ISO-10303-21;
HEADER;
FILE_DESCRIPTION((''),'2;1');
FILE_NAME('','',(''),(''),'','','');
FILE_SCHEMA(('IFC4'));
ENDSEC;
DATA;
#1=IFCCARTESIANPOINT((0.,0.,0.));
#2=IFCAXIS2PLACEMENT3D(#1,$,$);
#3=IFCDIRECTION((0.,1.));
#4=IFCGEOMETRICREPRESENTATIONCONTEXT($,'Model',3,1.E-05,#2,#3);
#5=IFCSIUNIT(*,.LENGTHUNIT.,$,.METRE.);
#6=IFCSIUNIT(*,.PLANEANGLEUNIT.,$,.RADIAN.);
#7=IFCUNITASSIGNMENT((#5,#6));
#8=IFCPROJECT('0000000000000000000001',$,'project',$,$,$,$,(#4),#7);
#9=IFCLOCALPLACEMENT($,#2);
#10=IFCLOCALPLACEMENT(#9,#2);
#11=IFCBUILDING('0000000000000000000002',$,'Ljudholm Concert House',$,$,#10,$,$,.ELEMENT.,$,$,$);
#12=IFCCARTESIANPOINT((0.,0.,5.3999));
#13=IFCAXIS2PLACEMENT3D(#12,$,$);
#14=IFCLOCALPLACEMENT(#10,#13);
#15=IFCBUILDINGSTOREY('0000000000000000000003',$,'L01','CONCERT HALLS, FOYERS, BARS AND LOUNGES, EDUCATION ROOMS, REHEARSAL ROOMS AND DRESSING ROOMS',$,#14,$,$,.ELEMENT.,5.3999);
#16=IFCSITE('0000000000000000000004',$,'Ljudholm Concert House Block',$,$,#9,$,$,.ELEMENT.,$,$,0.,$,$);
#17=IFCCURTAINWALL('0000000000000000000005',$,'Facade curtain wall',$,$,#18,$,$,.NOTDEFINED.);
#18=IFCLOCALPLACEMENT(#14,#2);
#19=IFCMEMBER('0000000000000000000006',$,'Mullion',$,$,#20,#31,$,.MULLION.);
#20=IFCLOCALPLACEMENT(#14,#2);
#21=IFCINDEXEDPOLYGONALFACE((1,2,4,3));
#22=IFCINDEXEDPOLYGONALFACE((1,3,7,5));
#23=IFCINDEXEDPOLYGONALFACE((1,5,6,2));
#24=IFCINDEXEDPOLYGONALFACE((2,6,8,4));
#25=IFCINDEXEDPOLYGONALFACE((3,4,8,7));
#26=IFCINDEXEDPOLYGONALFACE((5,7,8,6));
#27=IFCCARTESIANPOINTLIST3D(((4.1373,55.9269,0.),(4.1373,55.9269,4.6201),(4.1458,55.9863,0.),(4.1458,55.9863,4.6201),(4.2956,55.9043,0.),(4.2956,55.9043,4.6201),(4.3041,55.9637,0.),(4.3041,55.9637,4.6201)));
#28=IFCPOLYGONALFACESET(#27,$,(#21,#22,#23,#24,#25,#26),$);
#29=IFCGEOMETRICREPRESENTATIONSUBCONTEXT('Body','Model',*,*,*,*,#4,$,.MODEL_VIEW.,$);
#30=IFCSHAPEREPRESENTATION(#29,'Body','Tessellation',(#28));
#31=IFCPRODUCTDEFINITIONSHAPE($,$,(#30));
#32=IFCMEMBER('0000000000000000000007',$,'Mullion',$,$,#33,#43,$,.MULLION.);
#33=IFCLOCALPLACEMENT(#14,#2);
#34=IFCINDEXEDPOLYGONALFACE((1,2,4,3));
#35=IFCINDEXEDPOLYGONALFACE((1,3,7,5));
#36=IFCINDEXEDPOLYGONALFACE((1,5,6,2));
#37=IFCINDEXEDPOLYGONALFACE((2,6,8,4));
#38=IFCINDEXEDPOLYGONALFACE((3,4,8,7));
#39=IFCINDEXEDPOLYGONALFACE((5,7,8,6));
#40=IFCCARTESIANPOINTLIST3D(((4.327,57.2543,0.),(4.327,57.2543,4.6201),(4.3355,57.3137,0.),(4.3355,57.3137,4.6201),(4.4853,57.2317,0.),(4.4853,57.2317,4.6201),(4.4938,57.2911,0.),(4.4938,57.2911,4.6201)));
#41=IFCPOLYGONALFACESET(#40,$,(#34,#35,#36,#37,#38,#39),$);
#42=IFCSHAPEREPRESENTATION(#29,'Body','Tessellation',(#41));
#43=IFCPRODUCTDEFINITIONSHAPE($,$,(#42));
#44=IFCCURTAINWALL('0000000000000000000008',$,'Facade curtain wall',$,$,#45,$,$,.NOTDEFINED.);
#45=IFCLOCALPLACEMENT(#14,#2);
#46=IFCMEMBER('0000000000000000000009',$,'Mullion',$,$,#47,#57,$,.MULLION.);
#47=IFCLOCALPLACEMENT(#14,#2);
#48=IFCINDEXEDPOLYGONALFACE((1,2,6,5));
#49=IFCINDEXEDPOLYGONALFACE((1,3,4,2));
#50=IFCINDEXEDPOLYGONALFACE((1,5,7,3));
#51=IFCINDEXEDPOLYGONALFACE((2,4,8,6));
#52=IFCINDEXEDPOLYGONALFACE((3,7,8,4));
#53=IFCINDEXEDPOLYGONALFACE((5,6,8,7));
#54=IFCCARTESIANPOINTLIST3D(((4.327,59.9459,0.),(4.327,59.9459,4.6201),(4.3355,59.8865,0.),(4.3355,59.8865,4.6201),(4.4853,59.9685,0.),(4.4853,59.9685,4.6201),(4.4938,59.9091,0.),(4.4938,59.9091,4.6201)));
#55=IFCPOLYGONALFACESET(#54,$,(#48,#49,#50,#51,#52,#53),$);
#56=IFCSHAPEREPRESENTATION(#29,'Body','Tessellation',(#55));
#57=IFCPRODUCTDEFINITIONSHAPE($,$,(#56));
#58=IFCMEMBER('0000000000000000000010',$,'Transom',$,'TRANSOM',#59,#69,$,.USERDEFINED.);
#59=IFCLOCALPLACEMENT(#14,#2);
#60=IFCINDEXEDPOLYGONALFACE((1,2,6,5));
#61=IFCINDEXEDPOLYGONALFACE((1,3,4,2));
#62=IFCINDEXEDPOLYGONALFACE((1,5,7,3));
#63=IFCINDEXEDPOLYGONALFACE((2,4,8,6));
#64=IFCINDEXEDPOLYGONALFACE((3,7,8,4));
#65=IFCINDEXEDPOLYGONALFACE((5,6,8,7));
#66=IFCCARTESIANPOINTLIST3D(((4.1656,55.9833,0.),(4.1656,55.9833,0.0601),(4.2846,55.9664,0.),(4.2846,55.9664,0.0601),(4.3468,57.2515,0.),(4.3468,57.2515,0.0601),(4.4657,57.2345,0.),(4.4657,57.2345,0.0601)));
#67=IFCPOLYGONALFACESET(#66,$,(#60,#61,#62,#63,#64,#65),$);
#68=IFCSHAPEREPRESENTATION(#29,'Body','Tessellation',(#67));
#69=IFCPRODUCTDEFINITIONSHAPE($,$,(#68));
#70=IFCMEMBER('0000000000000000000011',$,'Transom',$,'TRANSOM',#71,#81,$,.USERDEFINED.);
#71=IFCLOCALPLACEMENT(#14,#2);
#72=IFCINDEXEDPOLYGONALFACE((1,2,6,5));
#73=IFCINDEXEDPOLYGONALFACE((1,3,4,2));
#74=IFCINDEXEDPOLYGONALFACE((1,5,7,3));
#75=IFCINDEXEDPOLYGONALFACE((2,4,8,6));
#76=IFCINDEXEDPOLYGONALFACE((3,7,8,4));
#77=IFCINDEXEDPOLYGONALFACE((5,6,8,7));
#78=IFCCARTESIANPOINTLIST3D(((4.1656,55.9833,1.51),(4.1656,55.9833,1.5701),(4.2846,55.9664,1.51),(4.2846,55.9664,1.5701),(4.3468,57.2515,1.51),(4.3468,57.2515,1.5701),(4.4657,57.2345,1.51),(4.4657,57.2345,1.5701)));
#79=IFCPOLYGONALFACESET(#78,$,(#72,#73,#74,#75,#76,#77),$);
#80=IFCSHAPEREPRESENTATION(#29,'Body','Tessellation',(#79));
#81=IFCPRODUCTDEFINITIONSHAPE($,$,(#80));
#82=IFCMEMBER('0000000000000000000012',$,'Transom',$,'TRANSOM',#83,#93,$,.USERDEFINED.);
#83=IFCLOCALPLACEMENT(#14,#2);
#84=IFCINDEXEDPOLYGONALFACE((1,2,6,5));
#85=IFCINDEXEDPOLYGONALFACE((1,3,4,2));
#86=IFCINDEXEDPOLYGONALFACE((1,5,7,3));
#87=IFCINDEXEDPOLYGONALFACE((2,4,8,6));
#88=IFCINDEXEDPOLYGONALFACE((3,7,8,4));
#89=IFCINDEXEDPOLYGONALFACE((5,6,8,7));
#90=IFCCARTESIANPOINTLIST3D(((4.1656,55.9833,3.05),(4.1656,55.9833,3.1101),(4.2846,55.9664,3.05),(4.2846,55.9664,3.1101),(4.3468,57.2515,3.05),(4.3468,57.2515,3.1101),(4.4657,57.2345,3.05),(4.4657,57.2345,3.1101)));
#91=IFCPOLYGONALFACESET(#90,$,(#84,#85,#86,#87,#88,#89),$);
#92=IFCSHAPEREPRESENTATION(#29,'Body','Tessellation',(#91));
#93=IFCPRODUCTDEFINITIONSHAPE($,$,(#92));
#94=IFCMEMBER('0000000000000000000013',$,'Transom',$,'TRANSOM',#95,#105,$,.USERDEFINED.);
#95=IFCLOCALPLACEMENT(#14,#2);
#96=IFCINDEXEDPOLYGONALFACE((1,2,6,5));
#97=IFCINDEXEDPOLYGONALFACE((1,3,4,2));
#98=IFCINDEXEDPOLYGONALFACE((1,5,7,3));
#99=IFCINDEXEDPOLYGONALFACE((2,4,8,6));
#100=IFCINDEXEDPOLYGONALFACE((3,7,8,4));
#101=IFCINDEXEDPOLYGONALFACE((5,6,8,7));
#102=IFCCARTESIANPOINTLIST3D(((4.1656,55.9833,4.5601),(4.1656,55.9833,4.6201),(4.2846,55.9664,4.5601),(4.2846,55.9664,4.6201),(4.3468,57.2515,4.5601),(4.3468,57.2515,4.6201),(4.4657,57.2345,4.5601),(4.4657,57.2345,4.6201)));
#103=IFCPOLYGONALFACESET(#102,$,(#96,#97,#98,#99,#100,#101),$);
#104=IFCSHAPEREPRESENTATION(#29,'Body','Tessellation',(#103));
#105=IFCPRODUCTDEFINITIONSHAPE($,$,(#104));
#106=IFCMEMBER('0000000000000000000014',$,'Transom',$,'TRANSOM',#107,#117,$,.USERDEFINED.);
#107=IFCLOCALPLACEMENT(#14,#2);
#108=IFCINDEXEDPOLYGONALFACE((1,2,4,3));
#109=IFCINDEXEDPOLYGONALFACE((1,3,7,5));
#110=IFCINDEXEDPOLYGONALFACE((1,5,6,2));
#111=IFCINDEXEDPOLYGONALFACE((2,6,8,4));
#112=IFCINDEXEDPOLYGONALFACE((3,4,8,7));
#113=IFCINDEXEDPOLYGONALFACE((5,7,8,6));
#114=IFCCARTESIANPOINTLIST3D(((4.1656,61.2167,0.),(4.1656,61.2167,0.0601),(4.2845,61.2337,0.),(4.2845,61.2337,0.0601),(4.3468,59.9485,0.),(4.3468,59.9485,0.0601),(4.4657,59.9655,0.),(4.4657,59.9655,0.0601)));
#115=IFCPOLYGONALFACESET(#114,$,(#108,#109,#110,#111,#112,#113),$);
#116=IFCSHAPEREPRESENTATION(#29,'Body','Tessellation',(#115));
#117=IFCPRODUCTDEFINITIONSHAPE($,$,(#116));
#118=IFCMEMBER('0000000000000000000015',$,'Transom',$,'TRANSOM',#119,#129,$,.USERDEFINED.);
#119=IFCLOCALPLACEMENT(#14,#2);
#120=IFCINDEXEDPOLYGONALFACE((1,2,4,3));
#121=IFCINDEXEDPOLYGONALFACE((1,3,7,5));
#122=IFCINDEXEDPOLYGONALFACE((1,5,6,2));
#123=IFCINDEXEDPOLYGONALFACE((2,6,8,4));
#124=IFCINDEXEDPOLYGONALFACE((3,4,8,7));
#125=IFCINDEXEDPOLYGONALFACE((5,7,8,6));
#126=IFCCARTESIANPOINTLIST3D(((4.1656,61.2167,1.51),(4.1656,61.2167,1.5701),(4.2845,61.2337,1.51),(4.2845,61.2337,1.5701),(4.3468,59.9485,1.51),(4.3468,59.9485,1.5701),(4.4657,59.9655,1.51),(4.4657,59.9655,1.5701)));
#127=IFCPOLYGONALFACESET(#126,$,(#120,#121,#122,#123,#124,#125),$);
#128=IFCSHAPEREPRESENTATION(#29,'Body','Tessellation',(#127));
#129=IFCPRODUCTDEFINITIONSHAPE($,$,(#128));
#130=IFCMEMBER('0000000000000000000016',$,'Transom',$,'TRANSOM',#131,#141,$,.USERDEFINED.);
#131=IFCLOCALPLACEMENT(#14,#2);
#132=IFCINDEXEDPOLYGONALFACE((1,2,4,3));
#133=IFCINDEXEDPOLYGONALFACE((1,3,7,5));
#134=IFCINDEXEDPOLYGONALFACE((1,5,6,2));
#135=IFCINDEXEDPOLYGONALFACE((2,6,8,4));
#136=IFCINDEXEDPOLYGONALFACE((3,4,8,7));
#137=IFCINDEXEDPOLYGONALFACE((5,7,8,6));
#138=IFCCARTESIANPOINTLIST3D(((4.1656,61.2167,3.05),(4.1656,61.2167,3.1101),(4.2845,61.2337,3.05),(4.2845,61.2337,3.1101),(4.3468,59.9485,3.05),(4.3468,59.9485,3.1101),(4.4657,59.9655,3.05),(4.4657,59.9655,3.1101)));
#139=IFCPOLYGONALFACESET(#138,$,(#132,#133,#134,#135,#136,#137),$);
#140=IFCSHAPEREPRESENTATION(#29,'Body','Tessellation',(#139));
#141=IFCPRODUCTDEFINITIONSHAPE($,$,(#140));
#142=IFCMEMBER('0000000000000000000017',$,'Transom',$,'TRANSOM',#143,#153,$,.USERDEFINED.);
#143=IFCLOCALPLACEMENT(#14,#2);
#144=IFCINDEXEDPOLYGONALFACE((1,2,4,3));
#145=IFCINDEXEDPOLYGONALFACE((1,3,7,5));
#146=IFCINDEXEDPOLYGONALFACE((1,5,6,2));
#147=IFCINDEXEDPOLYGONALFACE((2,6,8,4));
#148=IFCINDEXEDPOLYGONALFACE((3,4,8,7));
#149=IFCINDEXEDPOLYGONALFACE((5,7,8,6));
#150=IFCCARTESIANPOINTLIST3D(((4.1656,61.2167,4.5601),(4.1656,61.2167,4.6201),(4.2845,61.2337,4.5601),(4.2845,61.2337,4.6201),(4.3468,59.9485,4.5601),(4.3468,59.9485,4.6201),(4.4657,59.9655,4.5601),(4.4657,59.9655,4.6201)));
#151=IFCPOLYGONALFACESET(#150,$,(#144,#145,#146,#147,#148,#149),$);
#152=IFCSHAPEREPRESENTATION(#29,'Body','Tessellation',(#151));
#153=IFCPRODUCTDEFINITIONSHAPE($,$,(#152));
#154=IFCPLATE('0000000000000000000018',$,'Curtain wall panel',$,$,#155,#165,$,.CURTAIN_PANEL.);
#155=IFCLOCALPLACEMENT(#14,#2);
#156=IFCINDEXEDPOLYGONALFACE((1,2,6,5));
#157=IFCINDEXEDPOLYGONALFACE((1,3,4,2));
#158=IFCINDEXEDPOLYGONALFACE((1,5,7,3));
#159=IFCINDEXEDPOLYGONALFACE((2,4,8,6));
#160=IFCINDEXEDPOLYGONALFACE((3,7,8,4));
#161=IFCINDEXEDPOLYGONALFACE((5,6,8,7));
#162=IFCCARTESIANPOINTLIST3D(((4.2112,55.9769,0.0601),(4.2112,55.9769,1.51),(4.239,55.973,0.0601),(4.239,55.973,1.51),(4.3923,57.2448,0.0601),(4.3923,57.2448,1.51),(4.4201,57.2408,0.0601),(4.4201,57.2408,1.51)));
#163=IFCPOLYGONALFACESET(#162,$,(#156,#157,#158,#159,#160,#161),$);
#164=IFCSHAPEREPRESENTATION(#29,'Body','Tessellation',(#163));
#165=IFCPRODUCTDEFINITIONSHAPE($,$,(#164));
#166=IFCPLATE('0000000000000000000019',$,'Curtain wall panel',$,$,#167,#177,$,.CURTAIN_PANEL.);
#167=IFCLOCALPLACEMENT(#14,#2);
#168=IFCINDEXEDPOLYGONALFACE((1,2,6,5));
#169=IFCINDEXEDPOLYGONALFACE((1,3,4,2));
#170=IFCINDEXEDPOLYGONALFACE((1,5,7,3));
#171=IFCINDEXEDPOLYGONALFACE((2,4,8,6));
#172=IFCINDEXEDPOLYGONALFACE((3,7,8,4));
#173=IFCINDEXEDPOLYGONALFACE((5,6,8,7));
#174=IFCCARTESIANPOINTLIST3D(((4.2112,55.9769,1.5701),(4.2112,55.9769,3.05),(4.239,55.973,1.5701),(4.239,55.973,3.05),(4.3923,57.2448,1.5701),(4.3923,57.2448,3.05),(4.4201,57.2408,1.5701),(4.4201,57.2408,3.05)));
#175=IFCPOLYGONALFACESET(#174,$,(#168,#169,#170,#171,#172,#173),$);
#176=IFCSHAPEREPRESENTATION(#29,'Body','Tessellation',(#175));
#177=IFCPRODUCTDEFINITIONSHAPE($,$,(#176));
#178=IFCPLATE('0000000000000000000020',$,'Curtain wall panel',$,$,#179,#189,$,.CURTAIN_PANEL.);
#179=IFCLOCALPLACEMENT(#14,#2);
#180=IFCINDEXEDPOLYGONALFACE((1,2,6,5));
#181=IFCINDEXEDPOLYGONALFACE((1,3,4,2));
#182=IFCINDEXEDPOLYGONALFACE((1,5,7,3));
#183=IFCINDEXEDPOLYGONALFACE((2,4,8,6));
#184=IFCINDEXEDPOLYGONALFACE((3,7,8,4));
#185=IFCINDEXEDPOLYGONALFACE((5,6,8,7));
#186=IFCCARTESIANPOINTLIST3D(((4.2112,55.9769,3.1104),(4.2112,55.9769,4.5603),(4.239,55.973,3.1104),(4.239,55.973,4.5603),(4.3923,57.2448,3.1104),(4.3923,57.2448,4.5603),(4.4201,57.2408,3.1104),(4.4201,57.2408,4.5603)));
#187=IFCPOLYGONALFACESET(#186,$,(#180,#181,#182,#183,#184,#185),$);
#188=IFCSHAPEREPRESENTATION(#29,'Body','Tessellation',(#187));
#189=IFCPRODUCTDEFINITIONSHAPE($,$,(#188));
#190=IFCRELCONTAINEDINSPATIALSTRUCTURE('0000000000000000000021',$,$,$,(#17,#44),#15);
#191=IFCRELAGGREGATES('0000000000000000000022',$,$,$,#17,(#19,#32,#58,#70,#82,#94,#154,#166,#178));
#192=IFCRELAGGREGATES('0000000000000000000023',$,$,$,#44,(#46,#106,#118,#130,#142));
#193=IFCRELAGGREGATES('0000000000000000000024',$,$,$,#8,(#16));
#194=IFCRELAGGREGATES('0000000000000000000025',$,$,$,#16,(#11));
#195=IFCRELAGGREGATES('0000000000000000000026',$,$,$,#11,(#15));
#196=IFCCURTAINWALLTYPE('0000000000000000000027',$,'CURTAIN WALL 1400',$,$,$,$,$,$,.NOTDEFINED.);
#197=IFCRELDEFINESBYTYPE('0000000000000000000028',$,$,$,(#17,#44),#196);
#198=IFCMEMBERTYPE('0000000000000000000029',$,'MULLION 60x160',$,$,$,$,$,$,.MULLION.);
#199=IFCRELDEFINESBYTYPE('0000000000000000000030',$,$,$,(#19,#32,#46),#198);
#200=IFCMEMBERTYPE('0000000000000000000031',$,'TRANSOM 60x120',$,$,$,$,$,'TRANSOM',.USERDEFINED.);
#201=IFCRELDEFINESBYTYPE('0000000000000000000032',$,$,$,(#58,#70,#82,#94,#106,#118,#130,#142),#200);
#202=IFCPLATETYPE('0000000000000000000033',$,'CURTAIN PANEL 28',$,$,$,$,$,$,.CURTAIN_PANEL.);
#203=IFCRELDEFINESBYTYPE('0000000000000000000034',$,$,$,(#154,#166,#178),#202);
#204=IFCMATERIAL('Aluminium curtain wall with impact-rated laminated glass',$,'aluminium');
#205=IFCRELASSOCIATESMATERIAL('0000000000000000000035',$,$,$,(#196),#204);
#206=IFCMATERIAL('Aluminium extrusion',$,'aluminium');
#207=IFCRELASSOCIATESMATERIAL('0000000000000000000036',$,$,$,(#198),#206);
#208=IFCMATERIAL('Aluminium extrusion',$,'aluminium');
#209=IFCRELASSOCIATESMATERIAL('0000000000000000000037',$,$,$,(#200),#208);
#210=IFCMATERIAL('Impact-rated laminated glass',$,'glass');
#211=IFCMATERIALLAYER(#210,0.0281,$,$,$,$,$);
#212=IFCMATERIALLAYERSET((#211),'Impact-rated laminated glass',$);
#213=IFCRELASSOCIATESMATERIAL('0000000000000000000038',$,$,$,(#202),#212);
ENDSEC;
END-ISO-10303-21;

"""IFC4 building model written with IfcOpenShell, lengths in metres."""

from ifc_helpers import new_model, si_unit, direction, frame, origin, origin_2d, place, context, subcontext, project, spatial, rectangle, extrude, material, layer, layer_set, material_profile, profile_set, type_object, element, aggregate, save


model = new_model("IFC4")

# Units and contexts
model_context = context("Model", 3, precision=1e-05, world=origin(), true_north=direction((0.0, 1.0)))
body_context = subcontext(model_context, "Body", "Model", "MODEL_VIEW")
ifc_project = project(units=[si_unit("LENGTHUNIT", "METRE"), si_unit("PLANEANGLEUNIT", "RADIAN")], contexts=[model_context])

# Site, building, storey
site_placement = place(None, origin())
site = spatial("IfcSite", under=ifc_project, at=site_placement, Name="Ljudholm Concert House Block", CompositionType="ELEMENT", RefElevation=0.0)
building_placement = place(site_placement, origin())
building = spatial("IfcBuilding", under=site, at=building_placement, Name="Ljudholm Concert House", CompositionType="ELEMENT")
storey_placement = place(building_placement, frame((0.0, 0.0, 5.3999)))
storey = spatial("IfcBuildingStorey", under=building, at=storey_placement, Name="L01", Description="CONCERT HALLS, FOYERS, BARS AND LOUNGES, EDUCATION ROOMS, REHEARSAL ROOMS AND DRESSING ROOMS", CompositionType="ELEMENT", Elevation=5.3999)

# Curtain wall, members
ifc_material_1 = material(Name="Aluminium curtain wall with impact-rated laminated glass", Category="aluminium")
curtain_wall_type = type_object("IfcCurtainWallType", Name="CURTAIN WALL 1400", PredefinedType="NOTDEFINED", material=ifc_material_1)
curtain_wall_1_placement = place(storey_placement, origin())
curtain_wall_1 = element("IfcCurtainWall", 1, at=curtain_wall_1_placement, inside=storey, type_object=curtain_wall_type, Name="Facade curtain wall", PredefinedType="NOTDEFINED")
ifc_material_2 = material(Name="Aluminium extrusion", Category="aluminium")
ifc_material_profile_1 = material_profile(ifc_material_2, rectangle(XDim=0.1599, YDim=0.0601, at=origin_2d()), Name="MULLION 60x160")
ifc_profile_set_1 = profile_set([ifc_material_profile_1], Name="Aluminium extrusion")
member_type_1 = type_object("IfcMemberType", Name="MULLION 60x160", PredefinedType="MULLION", material=ifc_profile_set_1)
member_1_placement = place(storey_placement, frame((4.2207, 55.9453, 0.0), z_axis=(0.0, 0.0, 1.0), x_axis=(-0.989949, 0.141421, 0.0)))
member_1 = element("IfcMember", 2, at=member_1_placement, type_object=member_type_1, Name="Mullion", PredefinedType="MULLION", context=body_context, shape_type="SweptSolid", body=[
    extrude(rectangle(XDim=0.1599, YDim=0.0601, at=origin_2d()), origin(), (0.0, 0.0, 1.0), 4.6201),
])
member_2_placement = place(storey_placement, frame((4.4104, 57.2727, 0.0), z_axis=(0.0, 0.0, 1.0), x_axis=(-0.989949, 0.141421, 0.0)))
member_2 = element("IfcMember", 3, at=member_2_placement, type_object=member_type_1, Name="Mullion", PredefinedType="MULLION", context=body_context, shape_type="SweptSolid", body=[
    extrude(rectangle(XDim=0.1599, YDim=0.0601, at=origin_2d()), origin(), (0.0, 0.0, 1.0), 4.6201),
])

# Curtain wall, member
curtain_wall_2_placement = place(storey_placement, origin())
curtain_wall_2 = element("IfcCurtainWall", 4, at=curtain_wall_2_placement, inside=storey, type_object=curtain_wall_type, Name="Facade curtain wall", PredefinedType="NOTDEFINED")
member_3_placement = place(storey_placement, frame((4.4104, 59.9275, 0.0), z_axis=(0.0, 0.0, 1.0), x_axis=(-0.989949, -0.141421, 0.0)))
member_3 = element("IfcMember", 5, at=member_3_placement, type_object=member_type_1, Name="Mullion", PredefinedType="MULLION", context=body_context, shape_type="SweptSolid", body=[
    extrude(rectangle(XDim=0.1599, YDim=0.0601, at=origin_2d()), origin(), (0.0, 0.0, 1.0), 4.6201),
])

# Members
ifc_material_3 = material(Name="Aluminium extrusion", Category="aluminium")
ifc_material_profile_2 = material_profile(ifc_material_3, rectangle(XDim=0.1201, YDim=0.0601, at=origin_2d()), Name="TRANSOM 60x120")
ifc_profile_set_2 = profile_set([ifc_material_profile_2], Name="Aluminium extrusion")
member_type_2 = type_object("IfcMemberType", Name="TRANSOM 60x120", ElementType="TRANSOM", PredefinedType="USERDEFINED", material=ifc_profile_set_2)
member_4_placement = place(storey_placement, frame((4.2251, 55.9749, 0.03), z_axis=(0.141421, 0.989949, 0.0), x_axis=(-0.989949, 0.141421, 0.0)))
member_4 = element("IfcMember", 6, at=member_4_placement, type_object=member_type_2, Name="Transom", ObjectType="TRANSOM", PredefinedType="USERDEFINED", context=body_context, shape_type="SweptSolid", body=[
    extrude(rectangle(XDim=0.1201, YDim=0.0601, at=origin_2d()), origin(), (0.0, 0.0, 1.0), 1.281),
])
member_5_placement = place(storey_placement, frame((4.2251, 55.9749, 1.54), z_axis=(0.141421, 0.989949, 0.0), x_axis=(-0.989949, 0.141421, 0.0)))
member_5 = element("IfcMember", 7, at=member_5_placement, type_object=member_type_2, Name="Transom", ObjectType="TRANSOM", PredefinedType="USERDEFINED", context=body_context, shape_type="SweptSolid", body=[
    extrude(rectangle(XDim=0.1201, YDim=0.0601, at=origin_2d()), origin(), (0.0, 0.0, 1.0), 1.281),
])
member_6_placement = place(storey_placement, frame((4.2251, 55.9749, 3.0801), z_axis=(0.141421, 0.989949, 0.0), x_axis=(-0.989949, 0.141421, 0.0)))
member_6 = element("IfcMember", 8, at=member_6_placement, type_object=member_type_2, Name="Transom", ObjectType="TRANSOM", PredefinedType="USERDEFINED", context=body_context, shape_type="SweptSolid", body=[
    extrude(rectangle(XDim=0.1201, YDim=0.0601, at=origin_2d()), origin(), (0.0, 0.0, 1.0), 1.281),
])
member_7_placement = place(storey_placement, frame((4.2251, 55.9749, 4.5901), z_axis=(0.141421, 0.989949, 0.0), x_axis=(-0.989949, 0.141421, 0.0)))
member_7 = element("IfcMember", 9, at=member_7_placement, type_object=member_type_2, Name="Transom", ObjectType="TRANSOM", PredefinedType="USERDEFINED", context=body_context, shape_type="SweptSolid", body=[
    extrude(rectangle(XDim=0.1201, YDim=0.0601, at=origin_2d()), origin(), (0.0, 0.0, 1.0), 1.281),
])
member_8_placement = place(storey_placement, frame((4.4062, 59.957, 0.03), z_axis=(-0.141421, 0.989949, 0.0), x_axis=(-0.989949, -0.141421, 0.0)))
member_8 = element("IfcMember", 10, at=member_8_placement, type_object=member_type_2, Name="Transom", ObjectType="TRANSOM", PredefinedType="USERDEFINED", context=body_context, shape_type="SweptSolid", body=[
    extrude(rectangle(XDim=0.1201, YDim=0.0601, at=origin_2d()), origin(), (0.0, 0.0, 1.0), 1.281),
])
member_9_placement = place(storey_placement, frame((4.4062, 59.957, 1.54), z_axis=(-0.141421, 0.989949, 0.0), x_axis=(-0.989949, -0.141421, 0.0)))
member_9 = element("IfcMember", 11, at=member_9_placement, type_object=member_type_2, Name="Transom", ObjectType="TRANSOM", PredefinedType="USERDEFINED", context=body_context, shape_type="SweptSolid", body=[
    extrude(rectangle(XDim=0.1201, YDim=0.0601, at=origin_2d()), origin(), (0.0, 0.0, 1.0), 1.281),
])
member_10_placement = place(storey_placement, frame((4.4062, 59.957, 3.0801), z_axis=(-0.141421, 0.989949, 0.0), x_axis=(-0.989949, -0.141421, 0.0)))
member_10 = element("IfcMember", 12, at=member_10_placement, type_object=member_type_2, Name="Transom", ObjectType="TRANSOM", PredefinedType="USERDEFINED", context=body_context, shape_type="SweptSolid", body=[
    extrude(rectangle(XDim=0.1201, YDim=0.0601, at=origin_2d()), origin(), (0.0, 0.0, 1.0), 1.281),
])
member_11_placement = place(storey_placement, frame((4.4062, 59.957, 4.5901), z_axis=(-0.141421, 0.989949, 0.0), x_axis=(-0.989949, -0.141421, 0.0)))
member_11 = element("IfcMember", 13, at=member_11_placement, type_object=member_type_2, Name="Transom", ObjectType="TRANSOM", PredefinedType="USERDEFINED", context=body_context, shape_type="SweptSolid", body=[
    extrude(rectangle(XDim=0.1201, YDim=0.0601, at=origin_2d()), origin(), (0.0, 0.0, 1.0), 1.281),
])

# Plates
ifc_material_4 = material(Name="Impact-rated laminated glass", Category="glass")
ifc_layer = layer(ifc_material_4, 0.0281)
ifc_layer_set = layer_set([ifc_layer], Name="Impact-rated laminated glass")
plate_type = type_object("IfcPlateType", Name="CURTAIN PANEL 28", PredefinedType="CURTAIN_PANEL", material=ifc_layer_set)
plate_1_placement = place(storey_placement, frame((4.3157, 56.6089, 0.0601), z_axis=(0.0, 0.0, 1.0), x_axis=(0.141421, 0.989949, 0.0)))
plate_1 = element("IfcPlate", 14, at=plate_1_placement, type_object=plate_type, Name="Curtain wall panel", PredefinedType="CURTAIN_PANEL", context=body_context, shape_type="SweptSolid", body=[
    extrude(rectangle(XDim=1.2808, YDim=0.0281, at=origin_2d()), origin(), (0.0, 0.0, 1.0), 1.45),
])
plate_2_placement = place(storey_placement, frame((4.3157, 56.6089, 1.5701), z_axis=(0.0, 0.0, 1.0), x_axis=(0.141421, 0.989949, 0.0)))
plate_2 = element("IfcPlate", 15, at=plate_2_placement, type_object=plate_type, Name="Curtain wall panel", PredefinedType="CURTAIN_PANEL", context=body_context, shape_type="SweptSolid", body=[
    extrude(rectangle(XDim=1.2808, YDim=0.0281, at=origin_2d()), origin(), (0.0, 0.0, 1.0), 1.48),
])
plate_3_placement = place(storey_placement, frame((4.3157, 56.6089, 3.1104), z_axis=(0.0, 0.0, 1.0), x_axis=(0.141421, 0.989949, 0.0)))
plate_3 = element("IfcPlate", 16, at=plate_3_placement, type_object=plate_type, Name="Curtain wall panel", PredefinedType="CURTAIN_PANEL", context=body_context, shape_type="SweptSolid", body=[
    extrude(rectangle(XDim=1.2808, YDim=0.0281, at=origin_2d()), origin(), (0.0, 0.0, 1.0), 1.45),
])
aggregate(curtain_wall_1, [member_1, member_2, member_4, member_5, member_6, member_7, plate_1, plate_2, plate_3])
aggregate(curtain_wall_2, [member_3, member_8, member_9, member_10, member_11])

save(model, "model.ifc")
